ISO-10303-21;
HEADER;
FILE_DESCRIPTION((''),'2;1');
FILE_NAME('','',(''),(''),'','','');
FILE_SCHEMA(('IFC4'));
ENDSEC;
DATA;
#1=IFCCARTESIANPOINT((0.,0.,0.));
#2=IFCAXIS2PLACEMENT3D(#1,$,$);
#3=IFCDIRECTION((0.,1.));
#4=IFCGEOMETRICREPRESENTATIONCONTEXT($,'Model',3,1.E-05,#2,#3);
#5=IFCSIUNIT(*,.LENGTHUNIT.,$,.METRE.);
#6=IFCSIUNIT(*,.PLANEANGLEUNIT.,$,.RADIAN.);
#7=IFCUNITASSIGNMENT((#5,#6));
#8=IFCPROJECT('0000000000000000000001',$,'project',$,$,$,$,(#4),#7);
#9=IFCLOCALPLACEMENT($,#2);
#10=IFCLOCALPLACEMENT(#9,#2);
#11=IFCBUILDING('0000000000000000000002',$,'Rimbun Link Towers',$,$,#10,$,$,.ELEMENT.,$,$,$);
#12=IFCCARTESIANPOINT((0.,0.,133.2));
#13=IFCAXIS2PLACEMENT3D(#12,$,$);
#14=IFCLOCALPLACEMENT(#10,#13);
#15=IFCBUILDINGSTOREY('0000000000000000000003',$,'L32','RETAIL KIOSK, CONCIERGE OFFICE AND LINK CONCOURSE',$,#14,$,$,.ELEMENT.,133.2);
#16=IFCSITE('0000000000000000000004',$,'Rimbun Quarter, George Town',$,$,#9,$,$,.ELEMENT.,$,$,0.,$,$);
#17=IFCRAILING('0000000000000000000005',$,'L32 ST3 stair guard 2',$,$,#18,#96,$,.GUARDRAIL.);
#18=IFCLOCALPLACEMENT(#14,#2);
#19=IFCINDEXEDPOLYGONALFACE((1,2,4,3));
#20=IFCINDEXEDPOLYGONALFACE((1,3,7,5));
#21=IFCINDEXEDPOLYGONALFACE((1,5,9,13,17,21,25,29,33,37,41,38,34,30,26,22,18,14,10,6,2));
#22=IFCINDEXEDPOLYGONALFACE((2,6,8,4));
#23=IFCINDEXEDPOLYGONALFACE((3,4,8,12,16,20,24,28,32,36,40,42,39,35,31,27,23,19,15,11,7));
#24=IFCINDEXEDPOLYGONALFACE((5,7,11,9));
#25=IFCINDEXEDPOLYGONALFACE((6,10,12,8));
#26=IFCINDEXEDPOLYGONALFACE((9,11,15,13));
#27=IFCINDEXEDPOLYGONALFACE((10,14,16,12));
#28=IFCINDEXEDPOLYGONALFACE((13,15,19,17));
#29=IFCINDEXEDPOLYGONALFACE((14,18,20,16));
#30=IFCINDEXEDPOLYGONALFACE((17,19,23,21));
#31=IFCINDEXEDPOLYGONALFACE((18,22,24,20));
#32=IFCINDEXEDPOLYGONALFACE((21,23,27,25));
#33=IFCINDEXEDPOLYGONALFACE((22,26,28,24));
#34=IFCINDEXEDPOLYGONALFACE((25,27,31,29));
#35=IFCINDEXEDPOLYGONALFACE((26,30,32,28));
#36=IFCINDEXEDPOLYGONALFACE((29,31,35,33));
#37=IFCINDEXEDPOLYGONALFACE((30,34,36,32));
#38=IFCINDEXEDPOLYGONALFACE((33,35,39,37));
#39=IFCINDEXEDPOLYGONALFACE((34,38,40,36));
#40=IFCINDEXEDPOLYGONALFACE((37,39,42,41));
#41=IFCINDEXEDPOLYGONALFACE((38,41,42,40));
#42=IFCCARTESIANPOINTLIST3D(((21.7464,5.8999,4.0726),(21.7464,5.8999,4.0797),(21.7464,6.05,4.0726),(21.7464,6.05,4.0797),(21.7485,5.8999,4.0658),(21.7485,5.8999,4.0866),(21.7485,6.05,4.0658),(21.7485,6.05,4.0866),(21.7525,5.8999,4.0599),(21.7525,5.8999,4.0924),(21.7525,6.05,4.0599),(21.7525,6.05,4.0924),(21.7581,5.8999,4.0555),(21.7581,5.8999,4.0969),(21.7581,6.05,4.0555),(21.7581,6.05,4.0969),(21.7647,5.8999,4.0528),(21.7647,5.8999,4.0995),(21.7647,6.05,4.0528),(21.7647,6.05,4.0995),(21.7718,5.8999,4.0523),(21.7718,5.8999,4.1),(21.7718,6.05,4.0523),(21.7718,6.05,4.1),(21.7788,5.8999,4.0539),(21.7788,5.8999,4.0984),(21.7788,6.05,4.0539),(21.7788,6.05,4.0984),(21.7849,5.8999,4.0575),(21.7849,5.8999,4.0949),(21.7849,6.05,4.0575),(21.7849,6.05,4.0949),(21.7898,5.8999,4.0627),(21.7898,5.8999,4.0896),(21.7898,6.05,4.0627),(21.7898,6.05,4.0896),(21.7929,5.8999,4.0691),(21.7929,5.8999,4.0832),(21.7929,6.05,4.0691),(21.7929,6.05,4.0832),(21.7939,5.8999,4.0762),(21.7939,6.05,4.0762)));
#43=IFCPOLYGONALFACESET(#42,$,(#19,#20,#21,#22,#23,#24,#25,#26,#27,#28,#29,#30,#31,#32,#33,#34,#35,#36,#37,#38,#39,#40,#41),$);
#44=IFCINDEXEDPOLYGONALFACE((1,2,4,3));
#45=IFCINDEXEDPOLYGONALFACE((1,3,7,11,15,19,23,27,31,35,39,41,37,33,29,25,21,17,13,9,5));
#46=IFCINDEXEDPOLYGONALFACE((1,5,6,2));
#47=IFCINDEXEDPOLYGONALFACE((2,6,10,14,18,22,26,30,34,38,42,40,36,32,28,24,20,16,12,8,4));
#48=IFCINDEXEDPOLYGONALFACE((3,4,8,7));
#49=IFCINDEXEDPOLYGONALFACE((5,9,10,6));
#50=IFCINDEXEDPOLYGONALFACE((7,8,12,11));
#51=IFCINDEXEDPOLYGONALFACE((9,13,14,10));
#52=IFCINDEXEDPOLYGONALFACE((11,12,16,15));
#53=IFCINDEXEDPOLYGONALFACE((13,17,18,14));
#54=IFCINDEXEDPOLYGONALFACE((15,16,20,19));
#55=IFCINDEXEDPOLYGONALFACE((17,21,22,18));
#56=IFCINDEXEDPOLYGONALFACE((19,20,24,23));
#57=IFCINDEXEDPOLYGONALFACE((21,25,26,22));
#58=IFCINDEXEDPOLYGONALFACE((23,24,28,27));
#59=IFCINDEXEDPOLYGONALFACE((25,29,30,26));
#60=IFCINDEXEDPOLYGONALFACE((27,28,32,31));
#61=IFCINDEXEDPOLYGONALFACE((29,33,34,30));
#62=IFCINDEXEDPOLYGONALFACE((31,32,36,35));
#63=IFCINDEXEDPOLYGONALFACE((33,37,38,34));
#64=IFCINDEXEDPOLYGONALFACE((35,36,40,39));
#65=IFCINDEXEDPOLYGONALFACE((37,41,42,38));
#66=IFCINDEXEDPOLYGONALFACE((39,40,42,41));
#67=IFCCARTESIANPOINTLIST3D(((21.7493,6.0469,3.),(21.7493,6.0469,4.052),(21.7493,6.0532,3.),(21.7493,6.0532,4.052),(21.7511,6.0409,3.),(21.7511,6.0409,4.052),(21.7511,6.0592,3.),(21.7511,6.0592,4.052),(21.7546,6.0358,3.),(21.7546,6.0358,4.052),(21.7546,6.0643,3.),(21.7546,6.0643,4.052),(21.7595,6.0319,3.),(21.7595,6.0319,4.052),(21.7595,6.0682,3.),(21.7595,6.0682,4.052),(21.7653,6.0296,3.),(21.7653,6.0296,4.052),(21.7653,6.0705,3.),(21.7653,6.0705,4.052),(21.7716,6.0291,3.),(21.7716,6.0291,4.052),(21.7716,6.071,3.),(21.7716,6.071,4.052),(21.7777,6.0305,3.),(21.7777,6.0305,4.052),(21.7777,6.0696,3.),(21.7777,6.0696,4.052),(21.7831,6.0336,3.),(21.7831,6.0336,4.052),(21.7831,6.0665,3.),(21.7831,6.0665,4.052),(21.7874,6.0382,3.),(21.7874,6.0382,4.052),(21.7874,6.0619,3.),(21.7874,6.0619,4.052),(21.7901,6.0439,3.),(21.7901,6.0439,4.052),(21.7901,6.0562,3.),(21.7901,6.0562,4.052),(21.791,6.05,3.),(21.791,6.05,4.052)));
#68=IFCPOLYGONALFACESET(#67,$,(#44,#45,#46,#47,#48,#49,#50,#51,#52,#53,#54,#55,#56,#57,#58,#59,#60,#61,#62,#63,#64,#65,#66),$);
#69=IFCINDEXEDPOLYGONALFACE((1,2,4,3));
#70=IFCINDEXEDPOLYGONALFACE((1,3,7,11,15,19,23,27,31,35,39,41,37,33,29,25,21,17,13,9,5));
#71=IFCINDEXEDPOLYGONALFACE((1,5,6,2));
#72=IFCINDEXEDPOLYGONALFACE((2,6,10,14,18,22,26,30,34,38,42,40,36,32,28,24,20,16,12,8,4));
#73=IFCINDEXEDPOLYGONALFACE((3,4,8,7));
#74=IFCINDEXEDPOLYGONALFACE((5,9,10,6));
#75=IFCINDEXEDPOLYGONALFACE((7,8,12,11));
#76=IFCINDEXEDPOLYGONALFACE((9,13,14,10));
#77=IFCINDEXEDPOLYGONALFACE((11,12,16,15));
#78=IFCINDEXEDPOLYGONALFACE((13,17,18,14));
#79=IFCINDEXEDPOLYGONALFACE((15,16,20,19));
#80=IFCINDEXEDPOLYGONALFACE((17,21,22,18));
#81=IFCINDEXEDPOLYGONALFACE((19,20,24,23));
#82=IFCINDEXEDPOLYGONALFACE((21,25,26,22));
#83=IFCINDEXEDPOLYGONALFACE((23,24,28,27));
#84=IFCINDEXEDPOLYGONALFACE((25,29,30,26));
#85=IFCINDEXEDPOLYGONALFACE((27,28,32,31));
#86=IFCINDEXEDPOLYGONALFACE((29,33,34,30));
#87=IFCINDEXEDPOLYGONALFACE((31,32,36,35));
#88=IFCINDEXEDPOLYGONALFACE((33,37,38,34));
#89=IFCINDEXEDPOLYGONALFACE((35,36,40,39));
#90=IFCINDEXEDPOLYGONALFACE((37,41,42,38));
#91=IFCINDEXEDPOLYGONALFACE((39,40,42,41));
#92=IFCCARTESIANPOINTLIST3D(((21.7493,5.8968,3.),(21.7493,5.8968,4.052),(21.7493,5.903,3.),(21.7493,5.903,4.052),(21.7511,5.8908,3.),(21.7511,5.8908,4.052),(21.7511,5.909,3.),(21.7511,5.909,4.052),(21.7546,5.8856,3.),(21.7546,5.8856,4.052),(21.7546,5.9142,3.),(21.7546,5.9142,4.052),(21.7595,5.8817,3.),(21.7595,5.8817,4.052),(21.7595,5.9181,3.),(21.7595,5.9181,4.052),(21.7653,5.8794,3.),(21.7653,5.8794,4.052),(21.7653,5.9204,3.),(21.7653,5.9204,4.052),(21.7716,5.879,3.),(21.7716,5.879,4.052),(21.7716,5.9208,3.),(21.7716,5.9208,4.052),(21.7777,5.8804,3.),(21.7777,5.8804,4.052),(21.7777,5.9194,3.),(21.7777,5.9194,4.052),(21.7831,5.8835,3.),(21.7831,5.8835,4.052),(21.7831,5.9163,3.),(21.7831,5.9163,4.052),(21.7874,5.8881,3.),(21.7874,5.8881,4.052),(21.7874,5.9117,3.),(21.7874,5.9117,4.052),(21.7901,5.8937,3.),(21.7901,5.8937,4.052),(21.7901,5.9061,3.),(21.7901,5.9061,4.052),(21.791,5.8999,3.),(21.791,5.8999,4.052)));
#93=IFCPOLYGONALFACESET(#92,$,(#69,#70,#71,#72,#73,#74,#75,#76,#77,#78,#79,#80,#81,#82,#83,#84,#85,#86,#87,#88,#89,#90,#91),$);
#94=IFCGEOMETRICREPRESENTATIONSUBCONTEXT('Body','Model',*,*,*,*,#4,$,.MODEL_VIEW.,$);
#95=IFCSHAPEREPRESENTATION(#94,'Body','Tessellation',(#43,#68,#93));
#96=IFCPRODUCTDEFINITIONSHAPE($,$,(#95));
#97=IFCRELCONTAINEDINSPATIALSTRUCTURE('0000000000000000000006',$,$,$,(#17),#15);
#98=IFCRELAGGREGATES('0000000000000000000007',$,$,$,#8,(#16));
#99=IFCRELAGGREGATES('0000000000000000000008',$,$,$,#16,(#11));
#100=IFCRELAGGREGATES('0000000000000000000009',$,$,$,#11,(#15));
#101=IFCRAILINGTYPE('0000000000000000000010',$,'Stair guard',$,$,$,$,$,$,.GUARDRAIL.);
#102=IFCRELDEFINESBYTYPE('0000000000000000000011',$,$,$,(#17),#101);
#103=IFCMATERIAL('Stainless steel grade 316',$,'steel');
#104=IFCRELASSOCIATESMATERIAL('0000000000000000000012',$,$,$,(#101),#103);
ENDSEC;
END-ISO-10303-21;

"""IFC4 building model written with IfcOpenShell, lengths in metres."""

from ifc_helpers import new_model, si_unit, direction, frame, origin, origin_2d, place, context, subcontext, project, spatial, circle, extrude, material, type_object, element, save


model = new_model("IFC4")

# Units and contexts
model_context = context("Model", 3, precision=1e-05, world=origin(), true_north=direction((0.0, 1.0)))
body_context = subcontext(model_context, "Body", "Model", "MODEL_VIEW")
ifc_project = project(units=[si_unit("LENGTHUNIT", "METRE"), si_unit("PLANEANGLEUNIT", "RADIAN")], contexts=[model_context])

# Site, building, storey
site_placement = place(None, origin())
site = spatial("IfcSite", under=ifc_project, at=site_placement, Name="Rimbun Quarter, George Town", CompositionType="ELEMENT", RefElevation=0.0)
building_placement = place(site_placement, origin())
building = spatial("IfcBuilding", under=site, at=building_placement, Name="Rimbun Link Towers", CompositionType="ELEMENT")
storey_placement = place(building_placement, frame((0.0, 0.0, 133.2)))
storey = spatial("IfcBuildingStorey", under=building, at=storey_placement, Name="L32", Description="RETAIL KIOSK, CONCIERGE OFFICE AND LINK CONCOURSE", CompositionType="ELEMENT", Elevation=133.2)

# Railing
ifc_material_1 = material(Name="Stainless steel grade 316", Category="steel")
railing_type_1 = type_object("IfcRailingType", Name="Stair guard", PredefinedType="GUARDRAIL", material=ifc_material_1)
railing_1_placement = place(storey_placement, frame((21.77, 6.05, 3.0)))
element("IfcRailing", 1, at=railing_1_placement, inside=storey, type_object=railing_type_1, Name="L32 ST3 stair guard 2", PredefinedType="GUARDRAIL", context=body_context, shape_type="SweptSolid", body=[
    extrude(circle(Radius=0.0239, at=origin_2d()), frame((0.0, 0.0, 1.0762), z_axis=(0.0, -1.0, 0.0), x_axis=(1.0, 0.0, 0.0)), (0.0, 0.0, 1.0), 0.1501),
    extrude(circle(Radius=0.021, at=origin_2d()), origin(), (0.0, 0.0, 1.0), 1.052),
    extrude(circle(Radius=0.021, at=origin_2d()), frame((0.0, -0.1501, 0.0)), (0.0, 0.0, 1.0), 1.052),
])

save(model, "model.ifc")
